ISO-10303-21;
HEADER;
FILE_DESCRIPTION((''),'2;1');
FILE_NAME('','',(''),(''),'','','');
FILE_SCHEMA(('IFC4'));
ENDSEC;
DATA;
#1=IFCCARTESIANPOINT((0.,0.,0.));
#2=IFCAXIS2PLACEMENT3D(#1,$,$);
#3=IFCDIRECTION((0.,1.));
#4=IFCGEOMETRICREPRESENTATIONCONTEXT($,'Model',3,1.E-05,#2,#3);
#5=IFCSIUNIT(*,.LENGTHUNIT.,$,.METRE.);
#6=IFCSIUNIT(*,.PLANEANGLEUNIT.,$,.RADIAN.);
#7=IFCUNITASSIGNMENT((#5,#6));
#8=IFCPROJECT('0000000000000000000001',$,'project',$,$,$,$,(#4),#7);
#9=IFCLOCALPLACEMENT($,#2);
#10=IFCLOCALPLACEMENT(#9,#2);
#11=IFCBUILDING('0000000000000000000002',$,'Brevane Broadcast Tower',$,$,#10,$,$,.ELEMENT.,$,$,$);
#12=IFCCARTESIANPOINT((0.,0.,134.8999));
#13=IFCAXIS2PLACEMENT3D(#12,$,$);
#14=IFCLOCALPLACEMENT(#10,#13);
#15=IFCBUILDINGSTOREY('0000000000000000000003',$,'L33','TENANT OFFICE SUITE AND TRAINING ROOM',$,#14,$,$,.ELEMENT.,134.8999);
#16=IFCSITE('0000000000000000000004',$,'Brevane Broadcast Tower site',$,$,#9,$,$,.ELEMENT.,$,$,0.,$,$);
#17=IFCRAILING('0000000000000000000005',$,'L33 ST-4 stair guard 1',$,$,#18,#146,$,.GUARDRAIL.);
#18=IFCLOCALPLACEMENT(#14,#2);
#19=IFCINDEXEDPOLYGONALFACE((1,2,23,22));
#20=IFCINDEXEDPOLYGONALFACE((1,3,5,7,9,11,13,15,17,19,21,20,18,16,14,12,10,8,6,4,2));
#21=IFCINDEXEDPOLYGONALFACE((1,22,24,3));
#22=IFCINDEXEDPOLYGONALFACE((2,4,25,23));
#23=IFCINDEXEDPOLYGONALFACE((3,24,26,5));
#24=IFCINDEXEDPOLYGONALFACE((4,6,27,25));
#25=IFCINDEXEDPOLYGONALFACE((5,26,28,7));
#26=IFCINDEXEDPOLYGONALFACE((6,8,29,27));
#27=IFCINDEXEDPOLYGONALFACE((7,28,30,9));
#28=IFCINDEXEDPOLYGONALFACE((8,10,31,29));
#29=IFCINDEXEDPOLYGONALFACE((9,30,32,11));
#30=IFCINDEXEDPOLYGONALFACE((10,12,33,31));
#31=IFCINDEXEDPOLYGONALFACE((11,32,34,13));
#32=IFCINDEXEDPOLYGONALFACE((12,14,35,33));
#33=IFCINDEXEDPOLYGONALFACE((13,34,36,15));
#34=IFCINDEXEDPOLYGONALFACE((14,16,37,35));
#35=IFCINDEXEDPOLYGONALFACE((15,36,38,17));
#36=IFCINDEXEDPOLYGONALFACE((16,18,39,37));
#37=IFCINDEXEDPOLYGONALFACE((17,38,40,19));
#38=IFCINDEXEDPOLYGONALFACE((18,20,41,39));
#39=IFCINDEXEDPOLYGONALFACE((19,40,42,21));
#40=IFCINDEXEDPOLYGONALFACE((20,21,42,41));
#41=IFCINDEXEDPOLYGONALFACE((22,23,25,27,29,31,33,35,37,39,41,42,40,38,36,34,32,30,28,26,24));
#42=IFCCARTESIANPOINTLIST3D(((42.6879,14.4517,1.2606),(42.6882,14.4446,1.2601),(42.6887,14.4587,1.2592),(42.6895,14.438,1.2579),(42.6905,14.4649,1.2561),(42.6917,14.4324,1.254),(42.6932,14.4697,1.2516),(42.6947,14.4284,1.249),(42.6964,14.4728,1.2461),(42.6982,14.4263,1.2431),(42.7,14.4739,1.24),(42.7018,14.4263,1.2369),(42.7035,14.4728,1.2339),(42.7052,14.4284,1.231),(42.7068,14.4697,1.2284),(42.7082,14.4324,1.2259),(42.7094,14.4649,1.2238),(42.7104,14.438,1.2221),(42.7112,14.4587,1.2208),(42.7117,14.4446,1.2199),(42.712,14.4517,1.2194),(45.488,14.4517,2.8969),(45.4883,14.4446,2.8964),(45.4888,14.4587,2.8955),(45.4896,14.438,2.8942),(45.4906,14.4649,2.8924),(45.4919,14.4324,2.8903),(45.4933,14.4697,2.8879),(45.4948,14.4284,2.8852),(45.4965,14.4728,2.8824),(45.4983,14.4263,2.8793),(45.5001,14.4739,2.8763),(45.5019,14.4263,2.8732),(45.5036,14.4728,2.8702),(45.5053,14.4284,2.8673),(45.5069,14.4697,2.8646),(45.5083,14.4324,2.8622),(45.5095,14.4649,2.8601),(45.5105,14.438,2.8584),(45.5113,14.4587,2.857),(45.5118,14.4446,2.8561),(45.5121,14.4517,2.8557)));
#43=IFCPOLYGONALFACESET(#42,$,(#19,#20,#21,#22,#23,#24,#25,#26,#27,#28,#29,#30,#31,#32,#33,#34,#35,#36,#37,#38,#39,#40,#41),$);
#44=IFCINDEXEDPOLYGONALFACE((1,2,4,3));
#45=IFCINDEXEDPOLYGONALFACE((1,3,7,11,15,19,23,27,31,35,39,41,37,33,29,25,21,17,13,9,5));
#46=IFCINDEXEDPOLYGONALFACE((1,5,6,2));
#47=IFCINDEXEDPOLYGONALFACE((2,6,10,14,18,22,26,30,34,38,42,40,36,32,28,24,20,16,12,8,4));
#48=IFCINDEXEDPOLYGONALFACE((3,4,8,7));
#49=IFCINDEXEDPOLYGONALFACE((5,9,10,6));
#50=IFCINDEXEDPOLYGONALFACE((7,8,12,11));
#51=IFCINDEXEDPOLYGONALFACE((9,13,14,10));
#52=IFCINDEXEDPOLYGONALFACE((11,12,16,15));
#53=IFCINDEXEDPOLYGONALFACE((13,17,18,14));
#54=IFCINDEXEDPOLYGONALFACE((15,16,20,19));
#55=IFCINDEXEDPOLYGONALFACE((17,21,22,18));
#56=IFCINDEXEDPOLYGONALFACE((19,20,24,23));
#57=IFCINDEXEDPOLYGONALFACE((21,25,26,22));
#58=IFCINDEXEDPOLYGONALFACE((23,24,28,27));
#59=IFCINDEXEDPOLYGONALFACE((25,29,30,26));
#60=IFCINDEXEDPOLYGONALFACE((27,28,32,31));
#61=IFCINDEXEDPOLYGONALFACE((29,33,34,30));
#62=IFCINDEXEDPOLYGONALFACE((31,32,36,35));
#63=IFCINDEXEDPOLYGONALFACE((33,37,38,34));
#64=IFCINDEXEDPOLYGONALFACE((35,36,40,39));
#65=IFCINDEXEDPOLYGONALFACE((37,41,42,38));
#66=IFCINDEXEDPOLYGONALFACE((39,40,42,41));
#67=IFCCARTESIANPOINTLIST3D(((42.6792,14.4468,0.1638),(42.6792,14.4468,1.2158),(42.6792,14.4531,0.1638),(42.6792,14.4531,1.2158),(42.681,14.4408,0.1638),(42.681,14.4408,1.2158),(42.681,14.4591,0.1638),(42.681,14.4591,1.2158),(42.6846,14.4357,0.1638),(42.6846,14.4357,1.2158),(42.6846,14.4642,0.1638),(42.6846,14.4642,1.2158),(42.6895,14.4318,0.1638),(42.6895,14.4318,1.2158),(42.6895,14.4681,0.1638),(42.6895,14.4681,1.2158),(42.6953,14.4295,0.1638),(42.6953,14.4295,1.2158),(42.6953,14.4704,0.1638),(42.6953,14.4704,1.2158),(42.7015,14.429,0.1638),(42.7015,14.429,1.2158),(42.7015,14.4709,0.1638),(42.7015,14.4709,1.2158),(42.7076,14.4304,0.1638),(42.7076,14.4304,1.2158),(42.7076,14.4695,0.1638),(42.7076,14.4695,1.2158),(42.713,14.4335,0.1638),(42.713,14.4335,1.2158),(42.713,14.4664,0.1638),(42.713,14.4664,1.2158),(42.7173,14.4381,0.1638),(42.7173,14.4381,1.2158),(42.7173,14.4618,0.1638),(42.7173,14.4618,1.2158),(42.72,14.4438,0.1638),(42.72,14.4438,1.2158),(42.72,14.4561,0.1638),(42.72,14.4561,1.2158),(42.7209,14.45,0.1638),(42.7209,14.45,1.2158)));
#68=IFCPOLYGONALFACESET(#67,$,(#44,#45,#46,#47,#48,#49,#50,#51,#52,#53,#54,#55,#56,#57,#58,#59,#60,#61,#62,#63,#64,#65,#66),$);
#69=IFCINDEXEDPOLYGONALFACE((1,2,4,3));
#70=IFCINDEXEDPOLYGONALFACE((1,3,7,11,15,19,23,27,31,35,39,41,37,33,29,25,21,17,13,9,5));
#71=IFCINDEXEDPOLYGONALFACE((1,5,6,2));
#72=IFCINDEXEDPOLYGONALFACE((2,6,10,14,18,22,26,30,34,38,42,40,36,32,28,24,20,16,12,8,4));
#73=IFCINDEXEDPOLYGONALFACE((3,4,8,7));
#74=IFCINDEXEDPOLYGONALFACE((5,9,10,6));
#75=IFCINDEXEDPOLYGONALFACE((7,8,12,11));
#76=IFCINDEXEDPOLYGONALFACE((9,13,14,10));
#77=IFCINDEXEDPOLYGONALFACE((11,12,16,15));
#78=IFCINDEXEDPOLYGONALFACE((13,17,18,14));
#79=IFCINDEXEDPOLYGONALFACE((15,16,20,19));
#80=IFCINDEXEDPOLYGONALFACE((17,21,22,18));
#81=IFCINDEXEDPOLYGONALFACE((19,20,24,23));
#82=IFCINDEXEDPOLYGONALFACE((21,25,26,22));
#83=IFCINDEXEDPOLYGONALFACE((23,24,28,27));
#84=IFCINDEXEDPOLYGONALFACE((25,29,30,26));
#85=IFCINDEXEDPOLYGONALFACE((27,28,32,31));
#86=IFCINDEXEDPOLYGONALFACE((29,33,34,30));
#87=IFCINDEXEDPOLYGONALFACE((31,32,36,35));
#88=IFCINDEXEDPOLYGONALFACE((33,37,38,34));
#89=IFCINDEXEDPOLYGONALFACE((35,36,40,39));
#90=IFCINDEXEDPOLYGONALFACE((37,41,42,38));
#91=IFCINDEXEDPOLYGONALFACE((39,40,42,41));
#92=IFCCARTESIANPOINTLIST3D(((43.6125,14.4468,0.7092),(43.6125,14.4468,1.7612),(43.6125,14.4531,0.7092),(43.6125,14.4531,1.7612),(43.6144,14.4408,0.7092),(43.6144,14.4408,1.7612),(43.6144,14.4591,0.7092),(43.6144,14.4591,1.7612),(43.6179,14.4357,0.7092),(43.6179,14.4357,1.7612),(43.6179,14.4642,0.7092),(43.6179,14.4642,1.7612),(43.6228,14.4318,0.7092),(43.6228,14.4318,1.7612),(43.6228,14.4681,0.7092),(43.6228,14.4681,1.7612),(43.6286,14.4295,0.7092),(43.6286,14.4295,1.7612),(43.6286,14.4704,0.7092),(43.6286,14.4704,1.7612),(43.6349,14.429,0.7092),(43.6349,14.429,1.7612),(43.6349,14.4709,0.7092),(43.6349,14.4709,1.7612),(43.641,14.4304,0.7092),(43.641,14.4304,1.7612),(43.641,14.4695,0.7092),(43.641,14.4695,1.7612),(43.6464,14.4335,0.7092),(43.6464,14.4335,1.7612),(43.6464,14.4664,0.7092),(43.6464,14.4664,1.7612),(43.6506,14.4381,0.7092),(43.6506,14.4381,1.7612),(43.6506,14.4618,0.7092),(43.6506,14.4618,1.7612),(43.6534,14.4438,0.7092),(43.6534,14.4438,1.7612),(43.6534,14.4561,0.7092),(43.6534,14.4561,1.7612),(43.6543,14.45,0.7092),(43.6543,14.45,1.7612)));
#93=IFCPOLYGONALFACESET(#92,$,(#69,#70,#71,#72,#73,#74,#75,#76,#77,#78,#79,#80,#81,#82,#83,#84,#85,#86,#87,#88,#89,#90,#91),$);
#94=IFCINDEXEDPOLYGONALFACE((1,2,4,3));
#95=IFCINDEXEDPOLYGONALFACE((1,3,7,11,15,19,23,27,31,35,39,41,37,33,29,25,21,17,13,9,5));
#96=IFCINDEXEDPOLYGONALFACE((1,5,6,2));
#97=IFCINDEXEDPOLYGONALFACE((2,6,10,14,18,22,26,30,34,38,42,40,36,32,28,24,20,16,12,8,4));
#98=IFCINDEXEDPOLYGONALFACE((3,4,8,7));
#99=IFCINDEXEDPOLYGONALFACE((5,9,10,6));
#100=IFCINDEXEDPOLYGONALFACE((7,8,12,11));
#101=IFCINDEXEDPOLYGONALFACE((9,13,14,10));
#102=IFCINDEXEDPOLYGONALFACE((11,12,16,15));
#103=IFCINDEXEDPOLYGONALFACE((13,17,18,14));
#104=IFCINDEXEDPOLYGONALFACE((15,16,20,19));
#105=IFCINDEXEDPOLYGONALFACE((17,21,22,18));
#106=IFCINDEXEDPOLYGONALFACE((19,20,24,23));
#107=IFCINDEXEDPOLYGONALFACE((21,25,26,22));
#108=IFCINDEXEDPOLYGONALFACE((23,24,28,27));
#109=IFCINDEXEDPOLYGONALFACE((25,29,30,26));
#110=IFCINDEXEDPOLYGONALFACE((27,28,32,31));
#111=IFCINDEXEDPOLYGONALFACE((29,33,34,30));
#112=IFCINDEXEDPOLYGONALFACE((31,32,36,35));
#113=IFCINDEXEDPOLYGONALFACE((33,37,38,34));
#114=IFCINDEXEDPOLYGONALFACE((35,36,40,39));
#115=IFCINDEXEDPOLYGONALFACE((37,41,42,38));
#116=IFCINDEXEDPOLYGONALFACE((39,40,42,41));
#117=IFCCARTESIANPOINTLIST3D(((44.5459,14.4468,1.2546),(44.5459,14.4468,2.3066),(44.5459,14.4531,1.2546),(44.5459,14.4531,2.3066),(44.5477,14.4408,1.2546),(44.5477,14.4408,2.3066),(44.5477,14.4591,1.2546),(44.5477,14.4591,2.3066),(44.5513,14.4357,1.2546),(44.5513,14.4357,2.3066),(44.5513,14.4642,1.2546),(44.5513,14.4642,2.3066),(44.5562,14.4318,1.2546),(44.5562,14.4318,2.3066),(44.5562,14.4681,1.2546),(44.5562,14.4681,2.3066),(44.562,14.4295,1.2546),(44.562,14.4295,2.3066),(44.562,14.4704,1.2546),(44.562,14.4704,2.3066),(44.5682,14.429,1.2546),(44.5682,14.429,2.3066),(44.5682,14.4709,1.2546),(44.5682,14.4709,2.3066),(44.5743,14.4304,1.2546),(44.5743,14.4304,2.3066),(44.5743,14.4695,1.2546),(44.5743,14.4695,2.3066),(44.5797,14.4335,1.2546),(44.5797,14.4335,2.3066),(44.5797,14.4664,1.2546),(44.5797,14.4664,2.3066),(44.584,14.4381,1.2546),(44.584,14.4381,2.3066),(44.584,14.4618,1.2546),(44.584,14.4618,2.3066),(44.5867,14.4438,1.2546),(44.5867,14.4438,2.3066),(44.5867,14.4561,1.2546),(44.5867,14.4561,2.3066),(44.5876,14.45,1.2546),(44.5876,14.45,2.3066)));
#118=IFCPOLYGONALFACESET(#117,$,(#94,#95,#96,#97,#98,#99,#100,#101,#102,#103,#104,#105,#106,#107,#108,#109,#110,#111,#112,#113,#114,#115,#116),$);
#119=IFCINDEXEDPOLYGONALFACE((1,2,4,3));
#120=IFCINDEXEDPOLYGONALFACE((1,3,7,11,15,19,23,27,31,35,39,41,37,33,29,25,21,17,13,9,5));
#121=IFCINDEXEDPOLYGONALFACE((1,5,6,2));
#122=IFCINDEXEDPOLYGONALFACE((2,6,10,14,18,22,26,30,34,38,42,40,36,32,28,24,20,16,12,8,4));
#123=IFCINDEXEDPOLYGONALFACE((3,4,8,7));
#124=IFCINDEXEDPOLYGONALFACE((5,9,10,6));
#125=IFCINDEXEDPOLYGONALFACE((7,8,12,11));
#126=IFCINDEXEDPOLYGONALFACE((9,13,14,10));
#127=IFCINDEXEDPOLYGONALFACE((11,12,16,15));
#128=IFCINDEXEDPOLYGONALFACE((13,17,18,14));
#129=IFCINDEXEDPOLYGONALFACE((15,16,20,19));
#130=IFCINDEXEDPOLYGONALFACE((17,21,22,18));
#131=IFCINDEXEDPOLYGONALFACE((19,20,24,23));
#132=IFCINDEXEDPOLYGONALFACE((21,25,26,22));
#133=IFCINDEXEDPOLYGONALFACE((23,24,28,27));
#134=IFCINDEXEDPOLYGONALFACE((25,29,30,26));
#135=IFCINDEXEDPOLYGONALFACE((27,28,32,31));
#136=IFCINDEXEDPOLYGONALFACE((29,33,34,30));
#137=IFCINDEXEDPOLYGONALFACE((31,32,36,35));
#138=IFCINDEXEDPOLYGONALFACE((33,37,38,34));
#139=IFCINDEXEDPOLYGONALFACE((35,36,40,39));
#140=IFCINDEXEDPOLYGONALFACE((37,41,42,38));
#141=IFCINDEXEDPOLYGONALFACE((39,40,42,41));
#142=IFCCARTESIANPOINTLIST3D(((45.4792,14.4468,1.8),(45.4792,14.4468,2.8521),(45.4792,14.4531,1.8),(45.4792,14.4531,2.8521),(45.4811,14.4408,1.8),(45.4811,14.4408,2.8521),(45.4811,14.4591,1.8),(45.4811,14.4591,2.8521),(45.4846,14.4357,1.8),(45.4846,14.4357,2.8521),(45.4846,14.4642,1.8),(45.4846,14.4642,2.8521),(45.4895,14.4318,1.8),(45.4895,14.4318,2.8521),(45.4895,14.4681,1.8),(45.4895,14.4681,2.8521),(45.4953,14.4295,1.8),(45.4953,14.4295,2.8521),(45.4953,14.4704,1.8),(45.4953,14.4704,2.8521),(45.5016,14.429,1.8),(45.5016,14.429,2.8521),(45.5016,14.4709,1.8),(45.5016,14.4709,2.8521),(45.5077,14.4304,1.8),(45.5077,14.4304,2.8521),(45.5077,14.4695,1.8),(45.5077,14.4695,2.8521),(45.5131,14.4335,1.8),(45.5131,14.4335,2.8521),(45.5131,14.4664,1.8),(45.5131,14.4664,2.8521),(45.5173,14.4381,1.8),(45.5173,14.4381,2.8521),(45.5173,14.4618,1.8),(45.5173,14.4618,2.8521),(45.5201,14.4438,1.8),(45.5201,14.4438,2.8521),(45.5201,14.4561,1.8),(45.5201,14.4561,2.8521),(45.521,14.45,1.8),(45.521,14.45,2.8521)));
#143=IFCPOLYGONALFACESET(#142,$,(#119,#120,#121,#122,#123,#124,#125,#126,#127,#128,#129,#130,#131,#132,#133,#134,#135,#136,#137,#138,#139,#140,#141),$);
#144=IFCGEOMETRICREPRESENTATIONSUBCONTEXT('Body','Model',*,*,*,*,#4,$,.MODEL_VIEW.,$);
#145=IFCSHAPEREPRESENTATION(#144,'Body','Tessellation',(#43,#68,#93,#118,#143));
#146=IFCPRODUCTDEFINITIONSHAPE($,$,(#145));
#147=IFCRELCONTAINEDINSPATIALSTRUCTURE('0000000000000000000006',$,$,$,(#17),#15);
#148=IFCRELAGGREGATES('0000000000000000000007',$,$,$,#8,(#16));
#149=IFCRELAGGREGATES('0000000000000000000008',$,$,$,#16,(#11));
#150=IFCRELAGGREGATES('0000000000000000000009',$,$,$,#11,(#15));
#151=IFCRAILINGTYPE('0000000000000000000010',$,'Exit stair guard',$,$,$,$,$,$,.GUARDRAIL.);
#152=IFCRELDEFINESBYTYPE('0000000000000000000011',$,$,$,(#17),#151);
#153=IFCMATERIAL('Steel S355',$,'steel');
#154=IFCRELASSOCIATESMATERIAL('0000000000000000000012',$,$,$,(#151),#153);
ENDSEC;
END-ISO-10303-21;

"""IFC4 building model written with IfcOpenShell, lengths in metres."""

from ifc_helpers import new_model, si_unit, direction, frame, origin, origin_2d, place, context, subcontext, project, spatial, circle, extrude, material, type_object, element, save


model = new_model("IFC4")

# Units and contexts
model_context = context("Model", 3, precision=1e-05, world=origin(), true_north=direction((0.0, 1.0)))
body_context = subcontext(model_context, "Body", "Model", "MODEL_VIEW")
ifc_project = project(units=[si_unit("LENGTHUNIT", "METRE"), si_unit("PLANEANGLEUNIT", "RADIAN")], contexts=[model_context])

# Site, building, storey
site_placement = place(None, origin())
site = spatial("IfcSite", under=ifc_project, at=site_placement, Name="Brevane Broadcast Tower site", CompositionType="ELEMENT", RefElevation=0.0)
building_placement = place(site_placement, origin())
building = spatial("IfcBuilding", under=site, at=building_placement, Name="Brevane Broadcast Tower", CompositionType="ELEMENT")
storey_placement = place(building_placement, frame((0.0, 0.0, 134.8999)))
storey = spatial("IfcBuildingStorey", under=building, at=storey_placement, Name="L33", Description="TENANT OFFICE SUITE AND TRAINING ROOM", CompositionType="ELEMENT", Elevation=134.8999)

# Railing
ifc_material_1 = material(Name="Steel S355", Category="steel")
railing_type_1 = type_object("IfcRailingType", Name="Exit stair guard", PredefinedType="GUARDRAIL", material=ifc_material_1)
railing_1_placement = place(storey_placement, frame((42.7, 14.45, 0.1638)))
element("IfcRailing", 1, at=railing_1_placement, inside=storey, type_object=railing_type_1, Name="L33 ST-4 stair guard 1", PredefinedType="GUARDRAIL", context=body_context, shape_type="SweptSolid", body=[
    extrude(circle(Radius=0.0239, at=origin_2d()), frame((0.0, 0.0, 1.0762), z_axis=(0.863394, 0.0, 0.504531), x_axis=(0.0, 1.0, 0.0)), (0.0, 0.0, 1.0), 3.2432),
    extrude(circle(Radius=0.021, at=origin_2d()), origin(), (0.0, 0.0, 1.0), 1.052),
    extrude(circle(Radius=0.021, at=origin_2d()), frame((0.9333, 0.0, 0.5454)), (0.0, 0.0, 1.0), 1.052),
    extrude(circle(Radius=0.021, at=origin_2d()), frame((1.8667, 0.0, 1.0908)), (0.0, 0.0, 1.0), 1.052),
    extrude(circle(Radius=0.021, at=origin_2d()), frame((2.8, 0.0, 1.6362)), (0.0, 0.0, 1.0), 1.052),
])

save(model, "model.ifc")
